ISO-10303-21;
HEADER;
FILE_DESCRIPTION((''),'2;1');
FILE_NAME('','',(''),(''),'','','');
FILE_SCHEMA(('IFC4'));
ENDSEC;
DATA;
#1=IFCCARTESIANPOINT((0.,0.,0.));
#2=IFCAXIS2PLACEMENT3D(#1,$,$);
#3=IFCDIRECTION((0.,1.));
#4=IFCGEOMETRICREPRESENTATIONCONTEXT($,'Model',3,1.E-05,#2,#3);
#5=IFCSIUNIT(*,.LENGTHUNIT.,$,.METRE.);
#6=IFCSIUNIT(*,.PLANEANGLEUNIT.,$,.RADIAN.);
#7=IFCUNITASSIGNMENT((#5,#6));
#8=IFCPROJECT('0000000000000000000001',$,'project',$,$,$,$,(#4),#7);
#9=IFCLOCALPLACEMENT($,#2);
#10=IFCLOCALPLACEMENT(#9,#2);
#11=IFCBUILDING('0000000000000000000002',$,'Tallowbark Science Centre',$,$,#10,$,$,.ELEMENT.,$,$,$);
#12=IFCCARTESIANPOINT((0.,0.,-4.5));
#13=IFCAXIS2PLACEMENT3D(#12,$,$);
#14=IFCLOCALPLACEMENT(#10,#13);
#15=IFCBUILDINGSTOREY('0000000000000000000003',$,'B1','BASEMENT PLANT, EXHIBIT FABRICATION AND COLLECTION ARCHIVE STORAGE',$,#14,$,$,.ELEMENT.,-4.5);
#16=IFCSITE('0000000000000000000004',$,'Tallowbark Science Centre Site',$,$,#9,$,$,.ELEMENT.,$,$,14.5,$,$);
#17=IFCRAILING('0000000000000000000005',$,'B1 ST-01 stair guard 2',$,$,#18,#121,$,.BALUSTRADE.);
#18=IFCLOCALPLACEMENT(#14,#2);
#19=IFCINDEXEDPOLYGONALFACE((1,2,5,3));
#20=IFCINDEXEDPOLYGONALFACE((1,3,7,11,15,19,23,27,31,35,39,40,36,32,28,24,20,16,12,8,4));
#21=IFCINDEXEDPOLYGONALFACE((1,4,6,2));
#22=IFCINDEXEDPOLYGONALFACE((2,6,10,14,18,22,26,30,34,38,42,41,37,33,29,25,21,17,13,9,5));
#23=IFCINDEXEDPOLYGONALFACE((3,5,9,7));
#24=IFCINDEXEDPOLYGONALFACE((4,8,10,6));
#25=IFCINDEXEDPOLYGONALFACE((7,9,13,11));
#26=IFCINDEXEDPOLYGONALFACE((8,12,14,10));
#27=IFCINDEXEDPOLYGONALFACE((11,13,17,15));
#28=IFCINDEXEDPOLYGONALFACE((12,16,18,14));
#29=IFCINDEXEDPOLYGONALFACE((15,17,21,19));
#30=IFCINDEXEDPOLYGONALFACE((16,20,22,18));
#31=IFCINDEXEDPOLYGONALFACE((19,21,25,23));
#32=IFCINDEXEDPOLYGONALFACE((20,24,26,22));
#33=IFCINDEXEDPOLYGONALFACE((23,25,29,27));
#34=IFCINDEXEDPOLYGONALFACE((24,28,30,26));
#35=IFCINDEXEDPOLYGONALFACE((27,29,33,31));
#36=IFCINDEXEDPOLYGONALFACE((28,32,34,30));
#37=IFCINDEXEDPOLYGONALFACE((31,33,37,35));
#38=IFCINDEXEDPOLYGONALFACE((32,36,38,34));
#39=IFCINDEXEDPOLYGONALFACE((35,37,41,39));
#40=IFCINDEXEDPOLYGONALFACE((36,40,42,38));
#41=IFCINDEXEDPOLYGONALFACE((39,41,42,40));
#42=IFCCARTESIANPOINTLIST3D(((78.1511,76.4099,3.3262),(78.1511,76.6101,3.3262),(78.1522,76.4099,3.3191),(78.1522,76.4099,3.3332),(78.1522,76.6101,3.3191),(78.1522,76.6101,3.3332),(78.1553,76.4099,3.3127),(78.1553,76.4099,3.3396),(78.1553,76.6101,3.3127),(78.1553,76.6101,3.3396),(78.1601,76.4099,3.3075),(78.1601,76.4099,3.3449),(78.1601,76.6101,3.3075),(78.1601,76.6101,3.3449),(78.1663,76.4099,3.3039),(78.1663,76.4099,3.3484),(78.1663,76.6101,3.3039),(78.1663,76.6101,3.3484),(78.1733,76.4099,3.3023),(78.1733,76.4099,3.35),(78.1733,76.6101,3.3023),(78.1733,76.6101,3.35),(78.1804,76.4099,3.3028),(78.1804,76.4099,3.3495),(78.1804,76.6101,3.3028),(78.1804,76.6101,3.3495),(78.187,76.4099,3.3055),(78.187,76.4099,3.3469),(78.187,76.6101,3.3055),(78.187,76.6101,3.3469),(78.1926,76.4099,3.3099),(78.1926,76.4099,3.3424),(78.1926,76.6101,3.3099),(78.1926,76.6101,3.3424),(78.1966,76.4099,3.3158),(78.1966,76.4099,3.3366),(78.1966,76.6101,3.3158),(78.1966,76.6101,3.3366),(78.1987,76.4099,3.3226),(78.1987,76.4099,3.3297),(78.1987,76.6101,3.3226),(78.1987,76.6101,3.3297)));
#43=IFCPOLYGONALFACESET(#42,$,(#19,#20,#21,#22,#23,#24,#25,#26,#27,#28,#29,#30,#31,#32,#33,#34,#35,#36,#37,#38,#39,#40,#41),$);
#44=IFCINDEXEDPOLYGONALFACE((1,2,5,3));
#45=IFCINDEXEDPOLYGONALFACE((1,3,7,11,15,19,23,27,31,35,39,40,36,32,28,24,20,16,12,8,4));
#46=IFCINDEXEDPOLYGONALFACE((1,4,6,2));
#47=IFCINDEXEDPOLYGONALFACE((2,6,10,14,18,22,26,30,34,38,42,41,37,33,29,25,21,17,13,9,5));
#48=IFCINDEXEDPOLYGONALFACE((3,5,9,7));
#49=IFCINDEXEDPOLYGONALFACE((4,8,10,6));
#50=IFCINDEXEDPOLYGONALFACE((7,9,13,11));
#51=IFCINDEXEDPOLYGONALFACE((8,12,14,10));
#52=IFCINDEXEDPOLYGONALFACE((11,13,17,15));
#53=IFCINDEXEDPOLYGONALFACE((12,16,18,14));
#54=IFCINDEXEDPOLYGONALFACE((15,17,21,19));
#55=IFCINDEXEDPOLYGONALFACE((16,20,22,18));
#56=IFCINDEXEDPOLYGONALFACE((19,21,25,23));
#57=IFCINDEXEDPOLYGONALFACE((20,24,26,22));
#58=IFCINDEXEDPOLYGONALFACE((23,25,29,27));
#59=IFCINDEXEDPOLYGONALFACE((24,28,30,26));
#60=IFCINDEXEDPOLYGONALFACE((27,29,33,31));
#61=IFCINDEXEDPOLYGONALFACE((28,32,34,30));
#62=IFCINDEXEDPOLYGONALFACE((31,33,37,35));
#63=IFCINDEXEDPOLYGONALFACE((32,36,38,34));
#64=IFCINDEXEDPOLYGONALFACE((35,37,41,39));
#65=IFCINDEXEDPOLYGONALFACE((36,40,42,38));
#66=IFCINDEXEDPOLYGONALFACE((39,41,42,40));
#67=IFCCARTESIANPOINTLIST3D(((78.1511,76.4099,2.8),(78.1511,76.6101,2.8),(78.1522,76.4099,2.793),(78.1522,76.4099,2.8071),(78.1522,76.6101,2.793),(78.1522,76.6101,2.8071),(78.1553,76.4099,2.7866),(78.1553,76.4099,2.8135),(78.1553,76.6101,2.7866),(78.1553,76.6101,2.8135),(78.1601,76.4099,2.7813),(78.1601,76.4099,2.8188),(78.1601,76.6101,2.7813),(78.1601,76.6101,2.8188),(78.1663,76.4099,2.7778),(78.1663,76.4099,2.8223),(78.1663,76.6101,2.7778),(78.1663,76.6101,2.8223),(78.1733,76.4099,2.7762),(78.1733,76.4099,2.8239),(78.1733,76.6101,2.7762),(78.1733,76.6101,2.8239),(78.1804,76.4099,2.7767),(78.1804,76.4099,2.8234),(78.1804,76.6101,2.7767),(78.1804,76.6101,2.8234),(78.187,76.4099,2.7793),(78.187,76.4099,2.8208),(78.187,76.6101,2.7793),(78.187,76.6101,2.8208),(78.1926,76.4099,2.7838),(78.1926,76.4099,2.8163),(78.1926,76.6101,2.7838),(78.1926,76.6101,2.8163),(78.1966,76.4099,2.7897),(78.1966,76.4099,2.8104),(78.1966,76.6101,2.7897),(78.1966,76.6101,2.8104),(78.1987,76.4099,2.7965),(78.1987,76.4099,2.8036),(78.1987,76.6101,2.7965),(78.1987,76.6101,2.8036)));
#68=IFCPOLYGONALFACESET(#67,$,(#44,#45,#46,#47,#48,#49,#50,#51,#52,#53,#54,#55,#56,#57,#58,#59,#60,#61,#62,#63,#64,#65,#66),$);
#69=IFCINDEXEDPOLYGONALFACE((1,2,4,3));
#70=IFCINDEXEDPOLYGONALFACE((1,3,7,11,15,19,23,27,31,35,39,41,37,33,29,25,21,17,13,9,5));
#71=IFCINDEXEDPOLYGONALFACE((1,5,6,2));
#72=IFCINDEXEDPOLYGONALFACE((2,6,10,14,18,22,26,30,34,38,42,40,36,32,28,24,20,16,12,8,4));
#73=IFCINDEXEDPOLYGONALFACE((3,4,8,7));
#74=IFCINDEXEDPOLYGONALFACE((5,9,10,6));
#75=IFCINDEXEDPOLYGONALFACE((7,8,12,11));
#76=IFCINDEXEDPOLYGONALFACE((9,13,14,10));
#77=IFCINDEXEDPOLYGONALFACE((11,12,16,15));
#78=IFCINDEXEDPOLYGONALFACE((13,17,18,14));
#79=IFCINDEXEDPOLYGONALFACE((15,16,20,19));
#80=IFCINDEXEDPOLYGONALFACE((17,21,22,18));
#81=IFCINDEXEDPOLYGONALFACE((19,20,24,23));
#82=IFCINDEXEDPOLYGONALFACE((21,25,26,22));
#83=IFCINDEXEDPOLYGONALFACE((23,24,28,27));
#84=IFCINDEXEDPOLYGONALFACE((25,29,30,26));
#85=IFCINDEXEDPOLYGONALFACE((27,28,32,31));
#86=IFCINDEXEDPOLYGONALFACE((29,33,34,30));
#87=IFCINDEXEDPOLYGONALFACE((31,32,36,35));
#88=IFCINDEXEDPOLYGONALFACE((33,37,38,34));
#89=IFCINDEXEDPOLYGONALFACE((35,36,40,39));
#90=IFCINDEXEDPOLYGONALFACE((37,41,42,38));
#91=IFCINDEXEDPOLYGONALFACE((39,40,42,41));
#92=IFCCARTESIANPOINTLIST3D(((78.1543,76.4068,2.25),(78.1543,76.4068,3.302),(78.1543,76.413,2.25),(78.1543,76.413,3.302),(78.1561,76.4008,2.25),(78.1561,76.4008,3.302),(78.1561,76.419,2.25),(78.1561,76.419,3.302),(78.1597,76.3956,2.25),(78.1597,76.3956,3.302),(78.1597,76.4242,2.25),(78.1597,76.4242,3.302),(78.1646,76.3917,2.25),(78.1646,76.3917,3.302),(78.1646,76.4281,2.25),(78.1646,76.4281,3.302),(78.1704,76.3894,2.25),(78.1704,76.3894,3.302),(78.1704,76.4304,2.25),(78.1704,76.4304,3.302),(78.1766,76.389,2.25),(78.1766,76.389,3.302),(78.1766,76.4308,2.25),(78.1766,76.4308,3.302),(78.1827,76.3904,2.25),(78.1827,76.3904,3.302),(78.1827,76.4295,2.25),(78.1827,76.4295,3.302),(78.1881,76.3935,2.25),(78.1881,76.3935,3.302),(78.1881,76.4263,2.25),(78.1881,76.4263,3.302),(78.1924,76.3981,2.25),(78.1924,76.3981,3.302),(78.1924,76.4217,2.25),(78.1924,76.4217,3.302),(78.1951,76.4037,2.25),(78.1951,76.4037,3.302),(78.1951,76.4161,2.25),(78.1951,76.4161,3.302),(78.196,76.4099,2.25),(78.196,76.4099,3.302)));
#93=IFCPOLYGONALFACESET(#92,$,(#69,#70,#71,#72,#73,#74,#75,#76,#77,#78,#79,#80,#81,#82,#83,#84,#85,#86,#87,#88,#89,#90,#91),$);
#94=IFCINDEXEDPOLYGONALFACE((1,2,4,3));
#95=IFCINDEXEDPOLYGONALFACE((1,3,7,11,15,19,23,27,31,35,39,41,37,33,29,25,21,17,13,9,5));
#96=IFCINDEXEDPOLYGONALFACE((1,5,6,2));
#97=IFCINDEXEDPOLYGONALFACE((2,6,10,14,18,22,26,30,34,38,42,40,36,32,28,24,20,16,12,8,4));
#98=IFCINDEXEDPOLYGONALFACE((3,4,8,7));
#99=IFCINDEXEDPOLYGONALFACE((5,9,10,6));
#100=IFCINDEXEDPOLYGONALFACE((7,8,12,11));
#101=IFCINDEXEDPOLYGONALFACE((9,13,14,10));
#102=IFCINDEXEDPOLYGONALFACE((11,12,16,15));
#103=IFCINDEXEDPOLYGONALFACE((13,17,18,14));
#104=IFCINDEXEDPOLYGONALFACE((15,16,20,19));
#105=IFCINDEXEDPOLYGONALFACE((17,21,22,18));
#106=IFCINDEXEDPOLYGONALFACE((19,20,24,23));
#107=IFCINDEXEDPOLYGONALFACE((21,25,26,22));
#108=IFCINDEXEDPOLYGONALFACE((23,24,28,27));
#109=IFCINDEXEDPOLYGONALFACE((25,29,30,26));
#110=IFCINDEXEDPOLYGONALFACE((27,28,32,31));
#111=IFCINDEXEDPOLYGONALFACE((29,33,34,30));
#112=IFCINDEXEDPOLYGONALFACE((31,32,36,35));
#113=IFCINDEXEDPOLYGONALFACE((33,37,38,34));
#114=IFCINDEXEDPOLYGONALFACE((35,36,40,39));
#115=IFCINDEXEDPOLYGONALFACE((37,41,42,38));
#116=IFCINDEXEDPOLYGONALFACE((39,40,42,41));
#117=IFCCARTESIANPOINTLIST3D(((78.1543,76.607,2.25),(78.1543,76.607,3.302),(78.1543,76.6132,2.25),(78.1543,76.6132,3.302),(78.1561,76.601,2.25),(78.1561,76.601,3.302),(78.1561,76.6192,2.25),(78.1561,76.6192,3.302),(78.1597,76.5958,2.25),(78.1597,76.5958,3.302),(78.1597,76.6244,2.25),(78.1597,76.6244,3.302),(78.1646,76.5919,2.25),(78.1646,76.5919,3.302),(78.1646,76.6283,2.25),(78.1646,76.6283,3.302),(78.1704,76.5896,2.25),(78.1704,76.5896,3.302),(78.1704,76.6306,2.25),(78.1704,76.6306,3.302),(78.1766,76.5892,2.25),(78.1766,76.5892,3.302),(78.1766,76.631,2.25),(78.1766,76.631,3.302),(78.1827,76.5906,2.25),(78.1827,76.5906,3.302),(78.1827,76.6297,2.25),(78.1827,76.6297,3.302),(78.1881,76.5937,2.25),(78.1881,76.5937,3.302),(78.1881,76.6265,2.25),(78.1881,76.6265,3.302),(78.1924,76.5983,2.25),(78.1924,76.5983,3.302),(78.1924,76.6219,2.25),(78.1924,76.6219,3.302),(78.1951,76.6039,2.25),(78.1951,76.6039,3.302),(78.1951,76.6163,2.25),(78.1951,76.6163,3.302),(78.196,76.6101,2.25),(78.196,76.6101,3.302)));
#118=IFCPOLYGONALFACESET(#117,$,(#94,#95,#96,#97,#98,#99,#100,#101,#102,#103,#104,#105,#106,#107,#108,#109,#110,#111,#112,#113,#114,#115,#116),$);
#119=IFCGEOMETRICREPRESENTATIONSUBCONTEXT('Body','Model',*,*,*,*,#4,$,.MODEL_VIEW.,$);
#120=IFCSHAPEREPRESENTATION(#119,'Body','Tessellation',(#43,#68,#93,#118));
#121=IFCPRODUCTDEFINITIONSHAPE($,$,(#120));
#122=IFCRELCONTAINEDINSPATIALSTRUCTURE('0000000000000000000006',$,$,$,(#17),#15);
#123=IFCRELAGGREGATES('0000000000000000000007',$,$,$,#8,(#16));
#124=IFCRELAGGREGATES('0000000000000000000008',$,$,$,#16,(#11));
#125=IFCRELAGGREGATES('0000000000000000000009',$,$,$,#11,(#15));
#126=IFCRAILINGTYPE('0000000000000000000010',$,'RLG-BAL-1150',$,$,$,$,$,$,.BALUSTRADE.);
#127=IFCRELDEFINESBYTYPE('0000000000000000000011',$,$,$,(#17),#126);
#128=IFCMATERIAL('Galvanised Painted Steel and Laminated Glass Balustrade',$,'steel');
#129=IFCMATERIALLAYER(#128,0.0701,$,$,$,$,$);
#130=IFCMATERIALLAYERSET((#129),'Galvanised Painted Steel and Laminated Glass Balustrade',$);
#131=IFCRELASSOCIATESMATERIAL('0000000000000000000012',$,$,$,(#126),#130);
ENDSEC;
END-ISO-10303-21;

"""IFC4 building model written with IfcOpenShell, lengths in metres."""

from ifc_helpers import new_model, si_unit, direction, frame, origin, origin_2d, place, context, subcontext, project, spatial, circle, extrude, material, layer, layer_set, type_object, element, save


model = new_model("IFC4")

# Units and contexts
model_context = context("Model", 3, precision=1e-05, world=origin(), true_north=direction((0.0, 1.0)))
body_context = subcontext(model_context, "Body", "Model", "MODEL_VIEW")
ifc_project = project(units=[si_unit("LENGTHUNIT", "METRE"), si_unit("PLANEANGLEUNIT", "RADIAN")], contexts=[model_context])

# Site, building, storey
site_placement = place(None, origin())
site = spatial("IfcSite", under=ifc_project, at=site_placement, Name="Tallowbark Science Centre Site", CompositionType="ELEMENT", RefElevation=14.5)
building_placement = place(site_placement, origin())
building = spatial("IfcBuilding", under=site, at=building_placement, Name="Tallowbark Science Centre", CompositionType="ELEMENT")
storey_placement = place(building_placement, frame((0.0, 0.0, -4.5)))
storey = spatial("IfcBuildingStorey", under=building, at=storey_placement, Name="B1", Description="BASEMENT PLANT, EXHIBIT FABRICATION AND COLLECTION ARCHIVE STORAGE", CompositionType="ELEMENT", Elevation=-4.5)

# Railing
ifc_material_1 = material(Name="Galvanised Painted Steel and Laminated Glass Balustrade", Category="steel")
ifc_layer_1 = layer(ifc_material_1, 0.0701)
ifc_layer_set_1 = layer_set([ifc_layer_1], Name="Galvanised Painted Steel and Laminated Glass Balustrade")
railing_type_1 = type_object("IfcRailingType", Name="RLG-BAL-1150", PredefinedType="BALUSTRADE", material=ifc_layer_set_1)
railing_1_placement = place(storey_placement, frame((78.175, 76.4099, 2.25)))
element("IfcRailing", 1, at=railing_1_placement, inside=storey, type_object=railing_type_1, Name="B1 ST-01 stair guard 2", PredefinedType="BALUSTRADE", context=body_context, shape_type="SweptSolid", body=[
    extrude(circle(Radius=0.0239, at=origin_2d()), frame((0.0, 0.0, 1.0762), z_axis=(0.0, 1.0, 0.0), x_axis=(-1.0, 0.0, 0.0)), (0.0, 0.0, 1.0), 0.2002),
    extrude(circle(Radius=0.0239, at=origin_2d()), frame((0.0, 0.0, 0.55), z_axis=(0.0, 1.0, 0.0), x_axis=(-1.0, 0.0, 0.0)), (0.0, 0.0, 1.0), 0.2002),
    extrude(circle(Radius=0.021, at=origin_2d()), origin(), (0.0, 0.0, 1.0), 1.052),
    extrude(circle(Radius=0.021, at=origin_2d()), frame((0.0, 0.2002, 0.0)), (0.0, 0.0, 1.0), 1.052),
])

save(model, "model.ifc")
